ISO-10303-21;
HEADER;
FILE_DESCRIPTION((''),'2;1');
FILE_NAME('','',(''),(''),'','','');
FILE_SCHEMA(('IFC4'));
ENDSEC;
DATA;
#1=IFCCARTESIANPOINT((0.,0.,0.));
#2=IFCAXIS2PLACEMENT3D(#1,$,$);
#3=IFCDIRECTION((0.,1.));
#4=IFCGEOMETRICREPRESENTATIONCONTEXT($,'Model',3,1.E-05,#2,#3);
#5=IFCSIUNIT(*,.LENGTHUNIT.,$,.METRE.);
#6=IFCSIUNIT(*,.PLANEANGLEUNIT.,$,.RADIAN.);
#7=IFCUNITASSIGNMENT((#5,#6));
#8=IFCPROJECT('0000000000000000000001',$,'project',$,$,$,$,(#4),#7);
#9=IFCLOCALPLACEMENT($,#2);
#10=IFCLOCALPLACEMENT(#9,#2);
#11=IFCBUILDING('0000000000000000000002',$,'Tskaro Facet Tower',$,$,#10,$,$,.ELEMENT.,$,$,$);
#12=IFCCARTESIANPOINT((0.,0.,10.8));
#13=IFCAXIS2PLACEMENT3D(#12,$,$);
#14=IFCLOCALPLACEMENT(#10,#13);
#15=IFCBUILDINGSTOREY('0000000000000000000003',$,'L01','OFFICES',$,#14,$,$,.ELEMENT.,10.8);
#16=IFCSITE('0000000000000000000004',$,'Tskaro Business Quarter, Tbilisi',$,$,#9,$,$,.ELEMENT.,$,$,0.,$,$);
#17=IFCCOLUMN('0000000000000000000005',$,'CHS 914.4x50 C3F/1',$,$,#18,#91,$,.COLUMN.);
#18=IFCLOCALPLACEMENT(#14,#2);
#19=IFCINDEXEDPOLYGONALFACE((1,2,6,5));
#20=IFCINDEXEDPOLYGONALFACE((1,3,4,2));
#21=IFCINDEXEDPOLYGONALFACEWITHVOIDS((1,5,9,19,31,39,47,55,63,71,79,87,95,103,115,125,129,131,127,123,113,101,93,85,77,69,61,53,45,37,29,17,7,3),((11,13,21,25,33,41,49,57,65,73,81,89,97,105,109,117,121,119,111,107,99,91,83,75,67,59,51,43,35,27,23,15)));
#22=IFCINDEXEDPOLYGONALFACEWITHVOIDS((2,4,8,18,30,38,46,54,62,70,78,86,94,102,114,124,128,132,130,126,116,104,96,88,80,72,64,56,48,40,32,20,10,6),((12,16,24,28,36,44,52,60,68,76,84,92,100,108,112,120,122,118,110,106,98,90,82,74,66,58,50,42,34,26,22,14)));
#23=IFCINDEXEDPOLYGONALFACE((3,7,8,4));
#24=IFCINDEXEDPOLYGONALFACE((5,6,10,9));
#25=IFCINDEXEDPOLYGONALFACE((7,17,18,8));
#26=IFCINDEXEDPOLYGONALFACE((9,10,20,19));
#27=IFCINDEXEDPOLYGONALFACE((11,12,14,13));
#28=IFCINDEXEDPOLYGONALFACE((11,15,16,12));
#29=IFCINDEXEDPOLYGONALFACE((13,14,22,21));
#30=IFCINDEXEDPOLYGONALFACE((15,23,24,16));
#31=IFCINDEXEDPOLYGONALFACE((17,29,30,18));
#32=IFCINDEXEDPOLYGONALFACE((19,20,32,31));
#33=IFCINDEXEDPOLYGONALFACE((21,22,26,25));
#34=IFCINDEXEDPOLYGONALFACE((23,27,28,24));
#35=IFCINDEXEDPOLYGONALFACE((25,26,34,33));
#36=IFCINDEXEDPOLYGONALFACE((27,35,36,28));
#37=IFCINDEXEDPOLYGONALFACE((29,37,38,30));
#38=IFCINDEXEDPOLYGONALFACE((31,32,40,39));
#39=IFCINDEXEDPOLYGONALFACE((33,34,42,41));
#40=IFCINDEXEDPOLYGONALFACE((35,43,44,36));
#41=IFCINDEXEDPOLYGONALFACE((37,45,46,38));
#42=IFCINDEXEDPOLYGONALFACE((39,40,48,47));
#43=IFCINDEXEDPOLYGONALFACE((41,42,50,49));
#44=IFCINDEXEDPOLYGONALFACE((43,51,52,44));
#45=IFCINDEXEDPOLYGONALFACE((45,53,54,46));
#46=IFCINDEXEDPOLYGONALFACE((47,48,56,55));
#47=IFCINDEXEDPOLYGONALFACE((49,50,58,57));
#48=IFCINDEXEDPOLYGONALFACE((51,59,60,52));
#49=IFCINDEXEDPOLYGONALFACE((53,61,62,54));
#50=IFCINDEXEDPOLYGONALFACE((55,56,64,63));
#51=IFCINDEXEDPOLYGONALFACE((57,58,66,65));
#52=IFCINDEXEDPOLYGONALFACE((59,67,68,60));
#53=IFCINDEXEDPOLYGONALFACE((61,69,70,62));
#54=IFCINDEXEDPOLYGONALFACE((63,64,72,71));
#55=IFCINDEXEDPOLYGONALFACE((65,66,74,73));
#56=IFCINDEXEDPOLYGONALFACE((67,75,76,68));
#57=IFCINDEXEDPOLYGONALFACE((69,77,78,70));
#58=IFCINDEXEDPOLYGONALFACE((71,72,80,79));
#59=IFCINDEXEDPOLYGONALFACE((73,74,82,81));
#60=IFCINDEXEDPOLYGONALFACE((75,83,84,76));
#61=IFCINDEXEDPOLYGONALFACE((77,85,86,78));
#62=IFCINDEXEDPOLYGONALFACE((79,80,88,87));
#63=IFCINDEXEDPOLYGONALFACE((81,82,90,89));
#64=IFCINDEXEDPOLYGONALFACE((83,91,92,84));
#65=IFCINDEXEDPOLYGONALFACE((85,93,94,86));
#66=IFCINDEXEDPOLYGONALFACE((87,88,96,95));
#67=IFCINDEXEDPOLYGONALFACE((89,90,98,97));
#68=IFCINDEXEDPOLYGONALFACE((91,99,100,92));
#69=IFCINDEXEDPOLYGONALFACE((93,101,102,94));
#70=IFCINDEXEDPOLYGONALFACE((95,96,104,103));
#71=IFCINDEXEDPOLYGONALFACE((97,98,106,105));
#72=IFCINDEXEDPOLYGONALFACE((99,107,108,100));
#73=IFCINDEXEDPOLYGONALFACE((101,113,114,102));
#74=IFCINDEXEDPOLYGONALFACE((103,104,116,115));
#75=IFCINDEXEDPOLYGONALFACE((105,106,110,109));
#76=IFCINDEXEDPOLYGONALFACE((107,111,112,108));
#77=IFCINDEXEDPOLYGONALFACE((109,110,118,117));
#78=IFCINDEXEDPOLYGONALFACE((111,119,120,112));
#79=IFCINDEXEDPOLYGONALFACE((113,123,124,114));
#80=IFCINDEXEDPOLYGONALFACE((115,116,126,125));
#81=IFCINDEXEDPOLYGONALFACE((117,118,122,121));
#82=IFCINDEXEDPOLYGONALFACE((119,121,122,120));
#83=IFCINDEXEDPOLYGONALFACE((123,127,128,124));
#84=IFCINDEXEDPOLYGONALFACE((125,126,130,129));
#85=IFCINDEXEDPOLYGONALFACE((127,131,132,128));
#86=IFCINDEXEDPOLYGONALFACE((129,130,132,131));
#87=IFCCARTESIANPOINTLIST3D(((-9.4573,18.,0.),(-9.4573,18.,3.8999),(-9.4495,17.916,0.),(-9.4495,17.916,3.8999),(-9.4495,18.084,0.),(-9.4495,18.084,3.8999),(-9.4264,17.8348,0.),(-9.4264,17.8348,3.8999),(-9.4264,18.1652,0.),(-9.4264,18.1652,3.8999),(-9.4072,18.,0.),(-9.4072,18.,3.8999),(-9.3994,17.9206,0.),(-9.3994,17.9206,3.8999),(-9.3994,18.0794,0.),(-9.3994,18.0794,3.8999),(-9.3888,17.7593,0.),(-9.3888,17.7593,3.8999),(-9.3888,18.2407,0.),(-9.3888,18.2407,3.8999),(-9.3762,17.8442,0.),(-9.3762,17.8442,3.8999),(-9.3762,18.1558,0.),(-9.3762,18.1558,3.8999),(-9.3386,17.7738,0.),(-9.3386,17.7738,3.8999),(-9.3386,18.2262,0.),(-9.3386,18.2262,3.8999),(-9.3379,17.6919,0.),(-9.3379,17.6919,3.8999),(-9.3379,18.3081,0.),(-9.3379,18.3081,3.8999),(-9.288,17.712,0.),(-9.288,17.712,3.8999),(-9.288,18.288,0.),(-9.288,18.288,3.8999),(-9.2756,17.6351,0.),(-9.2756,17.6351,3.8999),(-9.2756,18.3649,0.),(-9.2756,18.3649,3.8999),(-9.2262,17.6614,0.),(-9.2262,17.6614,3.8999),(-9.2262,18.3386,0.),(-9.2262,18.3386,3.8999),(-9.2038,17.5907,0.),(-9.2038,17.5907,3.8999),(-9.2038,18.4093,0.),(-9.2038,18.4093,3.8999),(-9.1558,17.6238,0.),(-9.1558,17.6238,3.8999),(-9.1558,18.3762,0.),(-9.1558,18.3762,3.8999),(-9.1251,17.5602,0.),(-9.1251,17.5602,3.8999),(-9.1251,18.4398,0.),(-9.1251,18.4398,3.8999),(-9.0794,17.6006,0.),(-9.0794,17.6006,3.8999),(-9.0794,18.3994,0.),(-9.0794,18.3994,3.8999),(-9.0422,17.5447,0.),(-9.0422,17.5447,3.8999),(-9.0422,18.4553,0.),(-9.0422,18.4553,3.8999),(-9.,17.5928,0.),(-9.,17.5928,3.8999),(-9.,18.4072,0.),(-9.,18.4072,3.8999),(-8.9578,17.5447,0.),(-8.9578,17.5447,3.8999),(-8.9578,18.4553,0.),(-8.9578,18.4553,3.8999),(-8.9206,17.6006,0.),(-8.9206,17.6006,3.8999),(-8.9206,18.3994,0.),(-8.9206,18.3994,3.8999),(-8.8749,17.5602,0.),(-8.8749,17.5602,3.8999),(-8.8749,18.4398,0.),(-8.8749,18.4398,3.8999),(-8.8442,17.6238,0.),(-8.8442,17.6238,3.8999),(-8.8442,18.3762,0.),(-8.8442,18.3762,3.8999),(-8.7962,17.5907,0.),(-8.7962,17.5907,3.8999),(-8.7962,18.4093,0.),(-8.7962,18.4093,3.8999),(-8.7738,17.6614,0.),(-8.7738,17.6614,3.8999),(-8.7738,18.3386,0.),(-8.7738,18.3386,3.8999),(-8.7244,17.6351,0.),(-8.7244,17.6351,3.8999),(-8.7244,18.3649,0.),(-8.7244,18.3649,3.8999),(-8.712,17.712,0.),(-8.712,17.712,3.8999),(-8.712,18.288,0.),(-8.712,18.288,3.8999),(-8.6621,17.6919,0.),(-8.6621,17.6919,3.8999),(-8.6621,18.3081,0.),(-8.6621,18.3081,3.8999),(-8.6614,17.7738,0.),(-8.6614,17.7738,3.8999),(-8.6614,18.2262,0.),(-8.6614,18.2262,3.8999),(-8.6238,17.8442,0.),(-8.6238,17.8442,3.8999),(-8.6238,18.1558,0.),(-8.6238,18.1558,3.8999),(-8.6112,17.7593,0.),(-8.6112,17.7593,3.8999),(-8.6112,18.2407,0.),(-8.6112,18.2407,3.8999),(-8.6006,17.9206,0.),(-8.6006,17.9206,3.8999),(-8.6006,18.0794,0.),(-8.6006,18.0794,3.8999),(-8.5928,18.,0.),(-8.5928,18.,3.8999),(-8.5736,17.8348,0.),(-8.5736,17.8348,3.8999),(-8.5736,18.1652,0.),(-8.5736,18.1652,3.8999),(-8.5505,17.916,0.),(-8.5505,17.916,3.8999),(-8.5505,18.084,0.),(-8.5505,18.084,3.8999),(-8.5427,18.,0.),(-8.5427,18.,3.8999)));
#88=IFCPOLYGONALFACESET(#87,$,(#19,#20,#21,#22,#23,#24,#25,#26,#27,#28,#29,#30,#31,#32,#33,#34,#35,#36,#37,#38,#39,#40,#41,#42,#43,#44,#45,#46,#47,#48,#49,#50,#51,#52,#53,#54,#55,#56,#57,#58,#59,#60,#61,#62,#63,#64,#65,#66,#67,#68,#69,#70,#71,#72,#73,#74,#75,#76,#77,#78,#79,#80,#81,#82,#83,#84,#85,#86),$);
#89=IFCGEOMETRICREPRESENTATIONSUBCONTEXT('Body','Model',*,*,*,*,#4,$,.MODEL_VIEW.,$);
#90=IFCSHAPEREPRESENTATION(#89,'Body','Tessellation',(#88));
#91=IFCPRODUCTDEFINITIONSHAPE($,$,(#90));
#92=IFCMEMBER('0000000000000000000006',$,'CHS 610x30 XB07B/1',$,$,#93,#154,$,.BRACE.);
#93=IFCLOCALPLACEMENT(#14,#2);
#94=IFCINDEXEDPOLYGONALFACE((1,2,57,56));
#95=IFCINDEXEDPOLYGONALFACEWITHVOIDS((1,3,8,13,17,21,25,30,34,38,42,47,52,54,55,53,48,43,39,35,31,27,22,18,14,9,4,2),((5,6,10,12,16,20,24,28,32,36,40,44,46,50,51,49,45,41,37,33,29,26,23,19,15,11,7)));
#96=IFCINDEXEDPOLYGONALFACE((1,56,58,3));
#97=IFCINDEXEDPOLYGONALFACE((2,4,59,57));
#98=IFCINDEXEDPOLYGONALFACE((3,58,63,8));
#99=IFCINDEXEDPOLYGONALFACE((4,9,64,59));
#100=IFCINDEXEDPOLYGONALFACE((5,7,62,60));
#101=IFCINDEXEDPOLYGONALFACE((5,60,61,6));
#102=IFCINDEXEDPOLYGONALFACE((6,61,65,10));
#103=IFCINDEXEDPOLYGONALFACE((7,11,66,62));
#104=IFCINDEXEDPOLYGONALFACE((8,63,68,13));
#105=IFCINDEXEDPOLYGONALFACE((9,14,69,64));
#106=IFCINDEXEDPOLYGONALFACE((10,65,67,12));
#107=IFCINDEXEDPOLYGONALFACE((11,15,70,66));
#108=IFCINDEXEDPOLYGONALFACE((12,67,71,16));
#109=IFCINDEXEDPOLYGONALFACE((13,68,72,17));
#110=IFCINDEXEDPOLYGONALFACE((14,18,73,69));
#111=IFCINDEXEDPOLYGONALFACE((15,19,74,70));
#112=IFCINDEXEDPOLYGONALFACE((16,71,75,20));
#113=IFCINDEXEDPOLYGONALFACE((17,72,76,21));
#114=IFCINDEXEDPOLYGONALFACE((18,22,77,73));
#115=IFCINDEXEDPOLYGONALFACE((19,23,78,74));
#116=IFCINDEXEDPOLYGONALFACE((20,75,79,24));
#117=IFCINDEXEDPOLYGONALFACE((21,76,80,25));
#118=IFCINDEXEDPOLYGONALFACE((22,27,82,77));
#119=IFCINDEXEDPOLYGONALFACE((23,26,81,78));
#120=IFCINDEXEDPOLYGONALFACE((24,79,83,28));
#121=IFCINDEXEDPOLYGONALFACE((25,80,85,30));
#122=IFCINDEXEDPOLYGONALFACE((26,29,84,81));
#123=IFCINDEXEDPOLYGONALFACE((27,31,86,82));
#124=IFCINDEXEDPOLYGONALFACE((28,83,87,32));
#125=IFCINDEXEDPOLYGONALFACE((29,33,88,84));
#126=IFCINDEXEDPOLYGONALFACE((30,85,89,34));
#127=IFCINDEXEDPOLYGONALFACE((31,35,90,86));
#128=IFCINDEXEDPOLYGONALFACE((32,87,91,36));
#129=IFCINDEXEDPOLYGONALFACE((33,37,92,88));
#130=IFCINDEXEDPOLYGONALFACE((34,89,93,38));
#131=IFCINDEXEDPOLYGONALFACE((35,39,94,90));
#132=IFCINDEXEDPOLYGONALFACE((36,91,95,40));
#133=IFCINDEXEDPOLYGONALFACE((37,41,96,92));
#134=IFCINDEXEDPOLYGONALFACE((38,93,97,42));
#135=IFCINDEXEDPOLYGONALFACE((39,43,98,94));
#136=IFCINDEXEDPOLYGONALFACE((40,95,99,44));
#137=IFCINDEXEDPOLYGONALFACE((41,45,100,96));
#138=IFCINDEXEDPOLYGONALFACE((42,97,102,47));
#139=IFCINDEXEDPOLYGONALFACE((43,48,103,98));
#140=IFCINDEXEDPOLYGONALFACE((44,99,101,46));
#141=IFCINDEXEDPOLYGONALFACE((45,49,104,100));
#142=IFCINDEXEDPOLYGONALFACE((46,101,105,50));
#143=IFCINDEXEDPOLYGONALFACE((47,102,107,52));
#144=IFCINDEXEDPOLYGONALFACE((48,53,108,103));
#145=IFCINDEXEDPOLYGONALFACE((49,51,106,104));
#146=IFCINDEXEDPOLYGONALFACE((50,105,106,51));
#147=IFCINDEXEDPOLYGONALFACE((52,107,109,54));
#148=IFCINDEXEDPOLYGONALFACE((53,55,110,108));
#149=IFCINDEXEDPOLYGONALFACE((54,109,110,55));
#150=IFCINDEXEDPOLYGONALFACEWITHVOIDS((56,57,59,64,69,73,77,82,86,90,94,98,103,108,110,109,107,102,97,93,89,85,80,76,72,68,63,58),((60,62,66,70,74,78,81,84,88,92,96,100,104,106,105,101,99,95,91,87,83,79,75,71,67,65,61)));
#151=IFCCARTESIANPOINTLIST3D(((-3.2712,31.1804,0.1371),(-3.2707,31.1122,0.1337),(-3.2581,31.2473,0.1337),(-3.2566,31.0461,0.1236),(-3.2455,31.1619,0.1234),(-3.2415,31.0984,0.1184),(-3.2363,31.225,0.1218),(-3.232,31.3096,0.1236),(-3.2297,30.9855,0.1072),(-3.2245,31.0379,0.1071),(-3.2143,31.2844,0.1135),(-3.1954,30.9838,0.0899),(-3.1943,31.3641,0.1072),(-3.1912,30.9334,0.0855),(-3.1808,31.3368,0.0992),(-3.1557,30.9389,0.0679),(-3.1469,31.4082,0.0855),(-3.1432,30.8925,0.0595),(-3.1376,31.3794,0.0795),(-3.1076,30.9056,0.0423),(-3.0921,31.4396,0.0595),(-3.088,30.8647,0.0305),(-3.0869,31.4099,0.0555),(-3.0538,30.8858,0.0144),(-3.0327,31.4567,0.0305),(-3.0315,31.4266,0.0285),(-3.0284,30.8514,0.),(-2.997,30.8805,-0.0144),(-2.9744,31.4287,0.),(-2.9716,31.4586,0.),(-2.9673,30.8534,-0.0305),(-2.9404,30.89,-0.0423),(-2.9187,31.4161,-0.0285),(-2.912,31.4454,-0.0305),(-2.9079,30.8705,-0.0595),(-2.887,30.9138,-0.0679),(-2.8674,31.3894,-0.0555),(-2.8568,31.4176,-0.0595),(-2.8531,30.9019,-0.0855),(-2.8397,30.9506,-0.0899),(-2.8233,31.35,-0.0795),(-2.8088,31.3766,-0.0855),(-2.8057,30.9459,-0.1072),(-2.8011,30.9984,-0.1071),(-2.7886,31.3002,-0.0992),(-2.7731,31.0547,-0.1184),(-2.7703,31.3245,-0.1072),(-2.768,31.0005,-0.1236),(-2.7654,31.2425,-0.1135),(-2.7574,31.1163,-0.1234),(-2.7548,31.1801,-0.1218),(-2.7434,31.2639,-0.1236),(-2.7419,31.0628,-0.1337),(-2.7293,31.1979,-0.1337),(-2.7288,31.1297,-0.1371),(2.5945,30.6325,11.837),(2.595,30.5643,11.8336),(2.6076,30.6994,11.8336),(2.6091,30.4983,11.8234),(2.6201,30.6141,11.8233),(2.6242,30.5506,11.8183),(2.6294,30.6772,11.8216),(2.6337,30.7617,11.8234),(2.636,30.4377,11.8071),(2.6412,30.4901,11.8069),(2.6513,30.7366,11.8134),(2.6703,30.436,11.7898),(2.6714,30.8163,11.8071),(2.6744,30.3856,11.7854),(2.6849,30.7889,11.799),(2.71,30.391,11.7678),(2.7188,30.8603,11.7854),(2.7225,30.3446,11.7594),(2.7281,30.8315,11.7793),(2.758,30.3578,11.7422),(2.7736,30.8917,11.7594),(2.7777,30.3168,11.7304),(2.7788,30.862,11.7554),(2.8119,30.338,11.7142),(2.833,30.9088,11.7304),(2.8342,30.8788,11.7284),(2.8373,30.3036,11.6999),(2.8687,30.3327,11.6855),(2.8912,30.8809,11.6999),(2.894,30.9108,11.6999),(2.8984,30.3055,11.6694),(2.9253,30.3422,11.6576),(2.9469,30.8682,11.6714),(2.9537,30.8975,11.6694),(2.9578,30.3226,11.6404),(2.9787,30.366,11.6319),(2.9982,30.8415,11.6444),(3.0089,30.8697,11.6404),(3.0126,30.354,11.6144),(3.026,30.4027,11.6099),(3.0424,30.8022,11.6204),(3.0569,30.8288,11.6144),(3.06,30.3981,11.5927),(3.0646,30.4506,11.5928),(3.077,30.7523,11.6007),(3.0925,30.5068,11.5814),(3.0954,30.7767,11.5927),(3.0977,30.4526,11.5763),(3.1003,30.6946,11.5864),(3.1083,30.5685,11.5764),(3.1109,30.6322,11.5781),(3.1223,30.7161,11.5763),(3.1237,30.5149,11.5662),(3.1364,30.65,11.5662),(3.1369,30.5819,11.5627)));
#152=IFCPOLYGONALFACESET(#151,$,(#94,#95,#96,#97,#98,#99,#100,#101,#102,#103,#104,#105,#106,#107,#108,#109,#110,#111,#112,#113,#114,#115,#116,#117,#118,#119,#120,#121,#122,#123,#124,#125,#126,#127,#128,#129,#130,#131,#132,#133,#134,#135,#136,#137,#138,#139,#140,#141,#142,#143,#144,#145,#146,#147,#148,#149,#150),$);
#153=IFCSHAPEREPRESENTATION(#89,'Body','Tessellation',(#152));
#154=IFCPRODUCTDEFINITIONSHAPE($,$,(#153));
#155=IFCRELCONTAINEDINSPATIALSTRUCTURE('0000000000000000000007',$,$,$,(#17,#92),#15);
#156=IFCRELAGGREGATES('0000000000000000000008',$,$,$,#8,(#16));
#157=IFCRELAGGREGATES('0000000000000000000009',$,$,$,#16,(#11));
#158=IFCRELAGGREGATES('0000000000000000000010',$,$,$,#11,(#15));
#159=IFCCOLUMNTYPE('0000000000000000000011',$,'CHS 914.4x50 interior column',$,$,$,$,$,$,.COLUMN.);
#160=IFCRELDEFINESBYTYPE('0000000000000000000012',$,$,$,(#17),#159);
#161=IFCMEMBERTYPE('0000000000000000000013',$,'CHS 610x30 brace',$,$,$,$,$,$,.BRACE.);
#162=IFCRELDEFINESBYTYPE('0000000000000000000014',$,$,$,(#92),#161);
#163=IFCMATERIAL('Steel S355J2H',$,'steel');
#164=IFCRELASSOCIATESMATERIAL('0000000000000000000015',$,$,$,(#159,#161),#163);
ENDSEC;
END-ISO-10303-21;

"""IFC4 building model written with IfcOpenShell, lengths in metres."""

from ifc_helpers import new_model, si_unit, direction, frame, origin, origin_2d, place, context, subcontext, project, spatial, hollow_circle, extrude, material, material_profile, profile_set, type_object, element, save


model = new_model("IFC4")

# Units and contexts
model_context = context("Model", 3, precision=1e-05, world=origin(), true_north=direction((0.0, 1.0)))
body_context = subcontext(model_context, "Body", "Model", "MODEL_VIEW")
ifc_project = project(units=[si_unit("LENGTHUNIT", "METRE"), si_unit("PLANEANGLEUNIT", "RADIAN")], contexts=[model_context])

# Site, building, storey
site_placement = place(None, origin())
site = spatial("IfcSite", under=ifc_project, at=site_placement, Name="Tskaro Business Quarter, Tbilisi", CompositionType="ELEMENT", RefElevation=0.0)
building_placement = place(site_placement, origin())
building = spatial("IfcBuilding", under=site, at=building_placement, Name="Tskaro Facet Tower", CompositionType="ELEMENT")
storey_placement = place(building_placement, frame((0.0, 0.0, 10.8)))
storey = spatial("IfcBuildingStorey", under=building, at=storey_placement, Name="L01", Description="OFFICES", CompositionType="ELEMENT", Elevation=10.8)

# Column
ifc_material_1 = material(Name="Steel S355J2H", Category="steel")
ifc_material_profile_1 = material_profile(ifc_material_1, hollow_circle(Radius=0.4573, WallThickness=0.05, at=origin_2d()), Name="CHS 914.4x50")
ifc_profile_set_1 = profile_set([ifc_material_profile_1], Name="Steel S355J2H")
column_type_1 = type_object("IfcColumnType", Name="CHS 914.4x50 interior column", PredefinedType="COLUMN", material=ifc_profile_set_1)
column_1_placement = place(storey_placement, frame((-9.0, 18.0, 0.0), z_axis=(0.0, 0.0, 1.0), x_axis=(1.0, 0.0, 0.0)))
element("IfcColumn", 1, at=column_1_placement, inside=storey, type_object=column_type_1, Name="CHS 914.4x50 C3F/1", PredefinedType="COLUMN", context=body_context, shape_type="SweptSolid", body=[
    extrude(hollow_circle(Radius=0.4573, WallThickness=0.05, at=origin_2d()), origin(), (0.0, 0.0, 1.0), 3.8999),
])

# Member
ifc_material_profile_2 = material_profile(ifc_material_1, hollow_circle(Radius=0.3049, WallThickness=0.03, at=origin_2d()), Name="CHS 610x30")
ifc_profile_set_2 = profile_set([ifc_material_profile_2], Name="Steel S355J2H")
member_type_1 = type_object("IfcMemberType", Name="CHS 610x30 brace", PredefinedType="BRACE", material=ifc_profile_set_2)
for number, where, z_axis, x_axis, name in (
    (2, (-3.0, 31.155, 0.0), (0.447784, -0.041822, 0.893163), (0.092994, 0.995667, 0.0), "CHS 610x30 XB07B/1"),
):
    element("IfcMember", number, at=place(storey_placement, frame(where, z_axis=z_axis, x_axis=x_axis)), inside=storey, type_object=member_type_1, Name=name, PredefinedType="BRACE", context=body_context, shape_type="SweptSolid", body=[
        extrude(hollow_circle(Radius=0.3049, WallThickness=0.03, at=origin_2d()), origin(), (0.0, 0.0, 1.0), 13.0994),
    ])

save(model, "model.ifc")
